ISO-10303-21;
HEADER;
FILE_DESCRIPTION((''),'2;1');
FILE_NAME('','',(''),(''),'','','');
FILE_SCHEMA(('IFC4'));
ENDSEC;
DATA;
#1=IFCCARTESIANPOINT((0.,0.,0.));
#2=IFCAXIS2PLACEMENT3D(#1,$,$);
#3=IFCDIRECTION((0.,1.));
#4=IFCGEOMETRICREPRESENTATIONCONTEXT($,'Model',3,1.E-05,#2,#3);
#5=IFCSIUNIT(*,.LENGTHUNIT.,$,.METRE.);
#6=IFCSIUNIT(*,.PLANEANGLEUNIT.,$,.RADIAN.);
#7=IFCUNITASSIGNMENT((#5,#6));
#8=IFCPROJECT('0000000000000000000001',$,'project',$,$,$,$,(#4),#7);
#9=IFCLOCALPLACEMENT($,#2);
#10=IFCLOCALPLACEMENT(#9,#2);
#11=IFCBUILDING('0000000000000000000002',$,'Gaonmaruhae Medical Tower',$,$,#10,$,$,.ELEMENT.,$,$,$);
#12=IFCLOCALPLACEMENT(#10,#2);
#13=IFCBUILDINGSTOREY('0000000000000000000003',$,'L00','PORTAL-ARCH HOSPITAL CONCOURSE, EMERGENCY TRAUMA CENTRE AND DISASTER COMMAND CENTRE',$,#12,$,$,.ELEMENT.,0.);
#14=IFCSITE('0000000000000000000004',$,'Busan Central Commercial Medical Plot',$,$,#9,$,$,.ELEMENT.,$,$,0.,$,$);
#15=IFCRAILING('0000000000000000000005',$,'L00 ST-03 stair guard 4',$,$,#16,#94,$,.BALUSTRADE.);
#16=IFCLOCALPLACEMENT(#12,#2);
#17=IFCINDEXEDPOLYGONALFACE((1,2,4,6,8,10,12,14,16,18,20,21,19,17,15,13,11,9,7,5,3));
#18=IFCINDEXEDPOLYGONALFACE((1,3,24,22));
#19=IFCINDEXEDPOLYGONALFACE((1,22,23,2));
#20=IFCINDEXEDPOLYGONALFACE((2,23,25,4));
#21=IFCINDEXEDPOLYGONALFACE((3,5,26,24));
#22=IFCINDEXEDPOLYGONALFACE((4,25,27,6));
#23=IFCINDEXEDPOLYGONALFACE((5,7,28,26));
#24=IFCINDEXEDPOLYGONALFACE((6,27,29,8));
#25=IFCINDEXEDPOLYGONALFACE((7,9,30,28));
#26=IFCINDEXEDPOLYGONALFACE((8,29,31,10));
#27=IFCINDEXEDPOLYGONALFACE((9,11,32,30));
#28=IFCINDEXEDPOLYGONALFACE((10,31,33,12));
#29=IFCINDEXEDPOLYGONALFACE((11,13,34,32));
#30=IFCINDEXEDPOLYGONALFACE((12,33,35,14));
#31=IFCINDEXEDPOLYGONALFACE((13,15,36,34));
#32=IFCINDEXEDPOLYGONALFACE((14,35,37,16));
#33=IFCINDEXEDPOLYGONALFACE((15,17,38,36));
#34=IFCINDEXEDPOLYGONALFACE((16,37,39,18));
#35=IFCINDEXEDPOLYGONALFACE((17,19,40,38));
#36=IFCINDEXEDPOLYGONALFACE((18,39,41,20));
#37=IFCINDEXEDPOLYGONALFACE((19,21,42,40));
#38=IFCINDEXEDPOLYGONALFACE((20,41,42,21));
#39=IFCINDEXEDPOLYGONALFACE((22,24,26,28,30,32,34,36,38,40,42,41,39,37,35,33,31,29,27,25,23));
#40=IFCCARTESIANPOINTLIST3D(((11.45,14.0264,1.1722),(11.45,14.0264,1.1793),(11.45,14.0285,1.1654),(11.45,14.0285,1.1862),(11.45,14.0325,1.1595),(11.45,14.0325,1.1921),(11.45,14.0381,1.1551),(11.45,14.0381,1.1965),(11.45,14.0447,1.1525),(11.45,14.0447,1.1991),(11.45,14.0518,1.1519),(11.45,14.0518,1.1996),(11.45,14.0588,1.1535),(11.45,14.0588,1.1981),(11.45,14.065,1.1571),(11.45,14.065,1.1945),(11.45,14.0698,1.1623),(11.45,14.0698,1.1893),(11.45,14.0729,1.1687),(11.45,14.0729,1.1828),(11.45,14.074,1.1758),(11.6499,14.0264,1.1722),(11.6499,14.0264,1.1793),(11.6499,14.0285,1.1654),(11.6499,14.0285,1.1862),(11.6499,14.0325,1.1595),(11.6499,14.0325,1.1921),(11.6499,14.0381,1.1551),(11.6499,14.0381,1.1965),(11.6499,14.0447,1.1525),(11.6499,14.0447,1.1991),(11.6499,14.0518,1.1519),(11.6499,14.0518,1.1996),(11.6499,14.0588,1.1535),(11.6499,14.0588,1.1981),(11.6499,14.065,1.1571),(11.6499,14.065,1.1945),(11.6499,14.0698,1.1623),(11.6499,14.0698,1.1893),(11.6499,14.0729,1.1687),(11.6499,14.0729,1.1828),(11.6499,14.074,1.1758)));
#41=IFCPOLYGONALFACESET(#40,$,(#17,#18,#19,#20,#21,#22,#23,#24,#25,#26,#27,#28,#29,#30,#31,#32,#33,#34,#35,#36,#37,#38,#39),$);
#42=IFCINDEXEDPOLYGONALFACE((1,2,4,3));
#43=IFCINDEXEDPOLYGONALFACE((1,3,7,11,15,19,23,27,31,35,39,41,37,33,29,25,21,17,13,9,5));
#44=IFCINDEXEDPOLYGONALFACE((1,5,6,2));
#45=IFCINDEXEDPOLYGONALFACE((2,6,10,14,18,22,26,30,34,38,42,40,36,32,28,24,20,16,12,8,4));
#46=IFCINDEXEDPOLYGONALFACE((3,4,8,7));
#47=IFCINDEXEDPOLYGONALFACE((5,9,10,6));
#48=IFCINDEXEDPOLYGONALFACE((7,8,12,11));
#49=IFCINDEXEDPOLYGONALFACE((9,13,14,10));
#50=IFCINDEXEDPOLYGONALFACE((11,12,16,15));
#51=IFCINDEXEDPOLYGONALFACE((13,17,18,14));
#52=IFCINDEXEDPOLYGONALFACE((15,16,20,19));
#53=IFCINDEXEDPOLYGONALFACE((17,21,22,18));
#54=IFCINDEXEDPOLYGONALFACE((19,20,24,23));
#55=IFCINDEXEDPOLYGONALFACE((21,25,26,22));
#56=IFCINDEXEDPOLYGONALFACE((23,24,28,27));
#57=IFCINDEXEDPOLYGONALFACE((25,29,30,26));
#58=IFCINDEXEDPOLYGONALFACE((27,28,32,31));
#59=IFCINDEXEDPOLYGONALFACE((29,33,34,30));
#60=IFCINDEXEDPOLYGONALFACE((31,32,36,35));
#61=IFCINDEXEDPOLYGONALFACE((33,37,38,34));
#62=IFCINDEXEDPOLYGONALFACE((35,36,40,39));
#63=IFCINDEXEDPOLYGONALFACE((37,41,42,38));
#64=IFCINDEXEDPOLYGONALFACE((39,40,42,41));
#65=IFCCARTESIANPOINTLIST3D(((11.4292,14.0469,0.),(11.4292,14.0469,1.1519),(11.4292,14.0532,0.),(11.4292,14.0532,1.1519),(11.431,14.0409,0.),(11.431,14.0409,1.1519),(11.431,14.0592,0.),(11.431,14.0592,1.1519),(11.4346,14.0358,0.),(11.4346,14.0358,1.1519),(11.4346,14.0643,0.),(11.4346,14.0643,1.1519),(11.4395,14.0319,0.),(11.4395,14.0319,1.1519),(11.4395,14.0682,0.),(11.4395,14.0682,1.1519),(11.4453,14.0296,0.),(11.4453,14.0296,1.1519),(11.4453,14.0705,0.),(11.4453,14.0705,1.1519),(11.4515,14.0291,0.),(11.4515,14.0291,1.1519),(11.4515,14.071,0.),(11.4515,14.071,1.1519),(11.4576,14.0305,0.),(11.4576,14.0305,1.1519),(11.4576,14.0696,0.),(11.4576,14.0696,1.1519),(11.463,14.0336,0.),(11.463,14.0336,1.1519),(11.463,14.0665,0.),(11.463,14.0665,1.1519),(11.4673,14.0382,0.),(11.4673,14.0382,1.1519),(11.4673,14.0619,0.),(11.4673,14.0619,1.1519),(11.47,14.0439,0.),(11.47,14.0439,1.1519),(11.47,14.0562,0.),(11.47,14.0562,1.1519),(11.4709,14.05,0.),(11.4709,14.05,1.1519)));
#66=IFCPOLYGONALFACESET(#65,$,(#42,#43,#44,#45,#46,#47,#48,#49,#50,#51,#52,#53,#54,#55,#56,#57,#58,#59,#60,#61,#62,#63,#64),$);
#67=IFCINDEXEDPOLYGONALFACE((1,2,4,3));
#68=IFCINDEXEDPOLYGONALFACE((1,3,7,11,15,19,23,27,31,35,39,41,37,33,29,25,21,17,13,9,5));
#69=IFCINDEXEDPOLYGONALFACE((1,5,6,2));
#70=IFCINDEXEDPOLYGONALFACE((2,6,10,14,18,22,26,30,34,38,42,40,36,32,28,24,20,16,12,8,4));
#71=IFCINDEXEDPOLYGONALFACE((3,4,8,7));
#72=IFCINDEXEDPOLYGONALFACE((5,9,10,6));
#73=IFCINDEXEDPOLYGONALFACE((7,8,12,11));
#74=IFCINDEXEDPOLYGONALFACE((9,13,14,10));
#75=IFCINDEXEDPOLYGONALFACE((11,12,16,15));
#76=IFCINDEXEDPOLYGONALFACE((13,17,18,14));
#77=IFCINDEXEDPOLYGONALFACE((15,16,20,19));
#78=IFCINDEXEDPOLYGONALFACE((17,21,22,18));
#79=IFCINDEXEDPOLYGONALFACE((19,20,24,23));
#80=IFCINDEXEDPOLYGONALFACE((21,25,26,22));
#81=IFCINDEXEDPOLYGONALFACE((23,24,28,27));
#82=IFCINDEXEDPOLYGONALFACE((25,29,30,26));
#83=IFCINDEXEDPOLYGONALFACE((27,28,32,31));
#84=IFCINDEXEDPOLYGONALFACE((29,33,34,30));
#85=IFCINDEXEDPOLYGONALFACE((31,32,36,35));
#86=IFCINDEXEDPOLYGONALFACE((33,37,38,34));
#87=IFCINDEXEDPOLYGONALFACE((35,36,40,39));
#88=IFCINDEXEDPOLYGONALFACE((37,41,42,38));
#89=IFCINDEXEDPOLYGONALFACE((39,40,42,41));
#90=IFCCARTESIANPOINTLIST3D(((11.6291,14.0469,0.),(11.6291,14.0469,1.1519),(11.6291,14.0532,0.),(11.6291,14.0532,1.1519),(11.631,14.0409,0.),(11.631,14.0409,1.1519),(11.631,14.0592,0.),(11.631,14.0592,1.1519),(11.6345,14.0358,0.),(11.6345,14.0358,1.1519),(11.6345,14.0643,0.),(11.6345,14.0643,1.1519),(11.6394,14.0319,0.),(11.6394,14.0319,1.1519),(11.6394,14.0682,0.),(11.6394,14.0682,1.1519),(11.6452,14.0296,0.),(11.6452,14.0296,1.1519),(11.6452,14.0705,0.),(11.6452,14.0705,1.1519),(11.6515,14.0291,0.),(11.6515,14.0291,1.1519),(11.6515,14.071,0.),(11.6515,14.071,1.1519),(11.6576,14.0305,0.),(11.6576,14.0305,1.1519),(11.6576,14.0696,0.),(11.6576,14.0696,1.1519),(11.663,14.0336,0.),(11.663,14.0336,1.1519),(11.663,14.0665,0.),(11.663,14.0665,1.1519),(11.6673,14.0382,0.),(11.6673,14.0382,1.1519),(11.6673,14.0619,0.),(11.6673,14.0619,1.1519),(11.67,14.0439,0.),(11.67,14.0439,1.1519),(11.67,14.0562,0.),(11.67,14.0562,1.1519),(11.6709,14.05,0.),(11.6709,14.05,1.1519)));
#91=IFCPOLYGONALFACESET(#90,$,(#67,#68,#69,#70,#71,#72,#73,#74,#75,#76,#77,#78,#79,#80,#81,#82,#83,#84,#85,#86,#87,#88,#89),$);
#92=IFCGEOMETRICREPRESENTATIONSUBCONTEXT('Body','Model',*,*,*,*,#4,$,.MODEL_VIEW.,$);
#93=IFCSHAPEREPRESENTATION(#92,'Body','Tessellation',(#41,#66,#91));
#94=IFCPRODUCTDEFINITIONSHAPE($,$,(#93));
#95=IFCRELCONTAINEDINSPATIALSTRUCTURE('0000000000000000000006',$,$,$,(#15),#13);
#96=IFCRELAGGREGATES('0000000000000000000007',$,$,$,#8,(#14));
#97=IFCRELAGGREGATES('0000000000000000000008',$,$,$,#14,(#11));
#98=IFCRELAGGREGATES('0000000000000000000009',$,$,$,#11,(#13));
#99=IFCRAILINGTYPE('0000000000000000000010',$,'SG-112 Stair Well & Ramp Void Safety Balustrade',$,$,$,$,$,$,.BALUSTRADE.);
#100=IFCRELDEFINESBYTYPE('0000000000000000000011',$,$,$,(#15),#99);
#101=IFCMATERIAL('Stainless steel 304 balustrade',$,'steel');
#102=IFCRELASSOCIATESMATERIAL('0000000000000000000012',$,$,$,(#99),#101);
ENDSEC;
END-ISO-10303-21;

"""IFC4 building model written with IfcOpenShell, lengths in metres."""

from ifc_helpers import new_model, si_unit, direction, frame, origin, origin_2d, place, context, subcontext, project, spatial, circle, extrude, material, type_object, element, save


model = new_model("IFC4")

# Units and contexts
model_context = context("Model", 3, precision=1e-05, world=origin(), true_north=direction((0.0, 1.0)))
body_context = subcontext(model_context, "Body", "Model", "MODEL_VIEW")
ifc_project = project(units=[si_unit("LENGTHUNIT", "METRE"), si_unit("PLANEANGLEUNIT", "RADIAN")], contexts=[model_context])

# Site, building, storey
site_placement = place(None, origin())
site = spatial("IfcSite", under=ifc_project, at=site_placement, Name="Busan Central Commercial Medical Plot", CompositionType="ELEMENT", RefElevation=0.0)
building_placement = place(site_placement, origin())
building = spatial("IfcBuilding", under=site, at=building_placement, Name="Gaonmaruhae Medical Tower", CompositionType="ELEMENT")
storey_placement = place(building_placement, origin())
storey = spatial("IfcBuildingStorey", under=building, at=storey_placement, Name="L00", Description="PORTAL-ARCH HOSPITAL CONCOURSE, EMERGENCY TRAUMA CENTRE AND DISASTER COMMAND CENTRE", CompositionType="ELEMENT", Elevation=0.0)

# Railing
ifc_material_1 = material(Name="Stainless steel 304 balustrade", Category="steel")
railing_type = type_object("IfcRailingType", Name="SG-112 Stair Well & Ramp Void Safety Balustrade", PredefinedType="BALUSTRADE", material=ifc_material_1)
railing_placement = place(storey_placement, frame((11.45, 14.05, 0.0)))
element("IfcRailing", 1, at=railing_placement, inside=storey, type_object=railing_type, Name="L00 ST-03 stair guard 4", PredefinedType="BALUSTRADE", context=body_context, shape_type="SweptSolid", body=[
    extrude(circle(Radius=0.0239, at=origin_2d()), frame((0.0, 0.0, 1.1758), z_axis=(1.0, 0.0, 0.0), x_axis=(0.0, 1.0, 0.0)), (0.0, 0.0, 1.0), 0.2),
    extrude(circle(Radius=0.021, at=origin_2d()), origin(), (0.0, 0.0, 1.0), 1.1519),
    extrude(circle(Radius=0.021, at=origin_2d()), frame((0.2, 0.0, 0.0)), (0.0, 0.0, 1.0), 1.1519),
])

save(model, "model.ifc")
